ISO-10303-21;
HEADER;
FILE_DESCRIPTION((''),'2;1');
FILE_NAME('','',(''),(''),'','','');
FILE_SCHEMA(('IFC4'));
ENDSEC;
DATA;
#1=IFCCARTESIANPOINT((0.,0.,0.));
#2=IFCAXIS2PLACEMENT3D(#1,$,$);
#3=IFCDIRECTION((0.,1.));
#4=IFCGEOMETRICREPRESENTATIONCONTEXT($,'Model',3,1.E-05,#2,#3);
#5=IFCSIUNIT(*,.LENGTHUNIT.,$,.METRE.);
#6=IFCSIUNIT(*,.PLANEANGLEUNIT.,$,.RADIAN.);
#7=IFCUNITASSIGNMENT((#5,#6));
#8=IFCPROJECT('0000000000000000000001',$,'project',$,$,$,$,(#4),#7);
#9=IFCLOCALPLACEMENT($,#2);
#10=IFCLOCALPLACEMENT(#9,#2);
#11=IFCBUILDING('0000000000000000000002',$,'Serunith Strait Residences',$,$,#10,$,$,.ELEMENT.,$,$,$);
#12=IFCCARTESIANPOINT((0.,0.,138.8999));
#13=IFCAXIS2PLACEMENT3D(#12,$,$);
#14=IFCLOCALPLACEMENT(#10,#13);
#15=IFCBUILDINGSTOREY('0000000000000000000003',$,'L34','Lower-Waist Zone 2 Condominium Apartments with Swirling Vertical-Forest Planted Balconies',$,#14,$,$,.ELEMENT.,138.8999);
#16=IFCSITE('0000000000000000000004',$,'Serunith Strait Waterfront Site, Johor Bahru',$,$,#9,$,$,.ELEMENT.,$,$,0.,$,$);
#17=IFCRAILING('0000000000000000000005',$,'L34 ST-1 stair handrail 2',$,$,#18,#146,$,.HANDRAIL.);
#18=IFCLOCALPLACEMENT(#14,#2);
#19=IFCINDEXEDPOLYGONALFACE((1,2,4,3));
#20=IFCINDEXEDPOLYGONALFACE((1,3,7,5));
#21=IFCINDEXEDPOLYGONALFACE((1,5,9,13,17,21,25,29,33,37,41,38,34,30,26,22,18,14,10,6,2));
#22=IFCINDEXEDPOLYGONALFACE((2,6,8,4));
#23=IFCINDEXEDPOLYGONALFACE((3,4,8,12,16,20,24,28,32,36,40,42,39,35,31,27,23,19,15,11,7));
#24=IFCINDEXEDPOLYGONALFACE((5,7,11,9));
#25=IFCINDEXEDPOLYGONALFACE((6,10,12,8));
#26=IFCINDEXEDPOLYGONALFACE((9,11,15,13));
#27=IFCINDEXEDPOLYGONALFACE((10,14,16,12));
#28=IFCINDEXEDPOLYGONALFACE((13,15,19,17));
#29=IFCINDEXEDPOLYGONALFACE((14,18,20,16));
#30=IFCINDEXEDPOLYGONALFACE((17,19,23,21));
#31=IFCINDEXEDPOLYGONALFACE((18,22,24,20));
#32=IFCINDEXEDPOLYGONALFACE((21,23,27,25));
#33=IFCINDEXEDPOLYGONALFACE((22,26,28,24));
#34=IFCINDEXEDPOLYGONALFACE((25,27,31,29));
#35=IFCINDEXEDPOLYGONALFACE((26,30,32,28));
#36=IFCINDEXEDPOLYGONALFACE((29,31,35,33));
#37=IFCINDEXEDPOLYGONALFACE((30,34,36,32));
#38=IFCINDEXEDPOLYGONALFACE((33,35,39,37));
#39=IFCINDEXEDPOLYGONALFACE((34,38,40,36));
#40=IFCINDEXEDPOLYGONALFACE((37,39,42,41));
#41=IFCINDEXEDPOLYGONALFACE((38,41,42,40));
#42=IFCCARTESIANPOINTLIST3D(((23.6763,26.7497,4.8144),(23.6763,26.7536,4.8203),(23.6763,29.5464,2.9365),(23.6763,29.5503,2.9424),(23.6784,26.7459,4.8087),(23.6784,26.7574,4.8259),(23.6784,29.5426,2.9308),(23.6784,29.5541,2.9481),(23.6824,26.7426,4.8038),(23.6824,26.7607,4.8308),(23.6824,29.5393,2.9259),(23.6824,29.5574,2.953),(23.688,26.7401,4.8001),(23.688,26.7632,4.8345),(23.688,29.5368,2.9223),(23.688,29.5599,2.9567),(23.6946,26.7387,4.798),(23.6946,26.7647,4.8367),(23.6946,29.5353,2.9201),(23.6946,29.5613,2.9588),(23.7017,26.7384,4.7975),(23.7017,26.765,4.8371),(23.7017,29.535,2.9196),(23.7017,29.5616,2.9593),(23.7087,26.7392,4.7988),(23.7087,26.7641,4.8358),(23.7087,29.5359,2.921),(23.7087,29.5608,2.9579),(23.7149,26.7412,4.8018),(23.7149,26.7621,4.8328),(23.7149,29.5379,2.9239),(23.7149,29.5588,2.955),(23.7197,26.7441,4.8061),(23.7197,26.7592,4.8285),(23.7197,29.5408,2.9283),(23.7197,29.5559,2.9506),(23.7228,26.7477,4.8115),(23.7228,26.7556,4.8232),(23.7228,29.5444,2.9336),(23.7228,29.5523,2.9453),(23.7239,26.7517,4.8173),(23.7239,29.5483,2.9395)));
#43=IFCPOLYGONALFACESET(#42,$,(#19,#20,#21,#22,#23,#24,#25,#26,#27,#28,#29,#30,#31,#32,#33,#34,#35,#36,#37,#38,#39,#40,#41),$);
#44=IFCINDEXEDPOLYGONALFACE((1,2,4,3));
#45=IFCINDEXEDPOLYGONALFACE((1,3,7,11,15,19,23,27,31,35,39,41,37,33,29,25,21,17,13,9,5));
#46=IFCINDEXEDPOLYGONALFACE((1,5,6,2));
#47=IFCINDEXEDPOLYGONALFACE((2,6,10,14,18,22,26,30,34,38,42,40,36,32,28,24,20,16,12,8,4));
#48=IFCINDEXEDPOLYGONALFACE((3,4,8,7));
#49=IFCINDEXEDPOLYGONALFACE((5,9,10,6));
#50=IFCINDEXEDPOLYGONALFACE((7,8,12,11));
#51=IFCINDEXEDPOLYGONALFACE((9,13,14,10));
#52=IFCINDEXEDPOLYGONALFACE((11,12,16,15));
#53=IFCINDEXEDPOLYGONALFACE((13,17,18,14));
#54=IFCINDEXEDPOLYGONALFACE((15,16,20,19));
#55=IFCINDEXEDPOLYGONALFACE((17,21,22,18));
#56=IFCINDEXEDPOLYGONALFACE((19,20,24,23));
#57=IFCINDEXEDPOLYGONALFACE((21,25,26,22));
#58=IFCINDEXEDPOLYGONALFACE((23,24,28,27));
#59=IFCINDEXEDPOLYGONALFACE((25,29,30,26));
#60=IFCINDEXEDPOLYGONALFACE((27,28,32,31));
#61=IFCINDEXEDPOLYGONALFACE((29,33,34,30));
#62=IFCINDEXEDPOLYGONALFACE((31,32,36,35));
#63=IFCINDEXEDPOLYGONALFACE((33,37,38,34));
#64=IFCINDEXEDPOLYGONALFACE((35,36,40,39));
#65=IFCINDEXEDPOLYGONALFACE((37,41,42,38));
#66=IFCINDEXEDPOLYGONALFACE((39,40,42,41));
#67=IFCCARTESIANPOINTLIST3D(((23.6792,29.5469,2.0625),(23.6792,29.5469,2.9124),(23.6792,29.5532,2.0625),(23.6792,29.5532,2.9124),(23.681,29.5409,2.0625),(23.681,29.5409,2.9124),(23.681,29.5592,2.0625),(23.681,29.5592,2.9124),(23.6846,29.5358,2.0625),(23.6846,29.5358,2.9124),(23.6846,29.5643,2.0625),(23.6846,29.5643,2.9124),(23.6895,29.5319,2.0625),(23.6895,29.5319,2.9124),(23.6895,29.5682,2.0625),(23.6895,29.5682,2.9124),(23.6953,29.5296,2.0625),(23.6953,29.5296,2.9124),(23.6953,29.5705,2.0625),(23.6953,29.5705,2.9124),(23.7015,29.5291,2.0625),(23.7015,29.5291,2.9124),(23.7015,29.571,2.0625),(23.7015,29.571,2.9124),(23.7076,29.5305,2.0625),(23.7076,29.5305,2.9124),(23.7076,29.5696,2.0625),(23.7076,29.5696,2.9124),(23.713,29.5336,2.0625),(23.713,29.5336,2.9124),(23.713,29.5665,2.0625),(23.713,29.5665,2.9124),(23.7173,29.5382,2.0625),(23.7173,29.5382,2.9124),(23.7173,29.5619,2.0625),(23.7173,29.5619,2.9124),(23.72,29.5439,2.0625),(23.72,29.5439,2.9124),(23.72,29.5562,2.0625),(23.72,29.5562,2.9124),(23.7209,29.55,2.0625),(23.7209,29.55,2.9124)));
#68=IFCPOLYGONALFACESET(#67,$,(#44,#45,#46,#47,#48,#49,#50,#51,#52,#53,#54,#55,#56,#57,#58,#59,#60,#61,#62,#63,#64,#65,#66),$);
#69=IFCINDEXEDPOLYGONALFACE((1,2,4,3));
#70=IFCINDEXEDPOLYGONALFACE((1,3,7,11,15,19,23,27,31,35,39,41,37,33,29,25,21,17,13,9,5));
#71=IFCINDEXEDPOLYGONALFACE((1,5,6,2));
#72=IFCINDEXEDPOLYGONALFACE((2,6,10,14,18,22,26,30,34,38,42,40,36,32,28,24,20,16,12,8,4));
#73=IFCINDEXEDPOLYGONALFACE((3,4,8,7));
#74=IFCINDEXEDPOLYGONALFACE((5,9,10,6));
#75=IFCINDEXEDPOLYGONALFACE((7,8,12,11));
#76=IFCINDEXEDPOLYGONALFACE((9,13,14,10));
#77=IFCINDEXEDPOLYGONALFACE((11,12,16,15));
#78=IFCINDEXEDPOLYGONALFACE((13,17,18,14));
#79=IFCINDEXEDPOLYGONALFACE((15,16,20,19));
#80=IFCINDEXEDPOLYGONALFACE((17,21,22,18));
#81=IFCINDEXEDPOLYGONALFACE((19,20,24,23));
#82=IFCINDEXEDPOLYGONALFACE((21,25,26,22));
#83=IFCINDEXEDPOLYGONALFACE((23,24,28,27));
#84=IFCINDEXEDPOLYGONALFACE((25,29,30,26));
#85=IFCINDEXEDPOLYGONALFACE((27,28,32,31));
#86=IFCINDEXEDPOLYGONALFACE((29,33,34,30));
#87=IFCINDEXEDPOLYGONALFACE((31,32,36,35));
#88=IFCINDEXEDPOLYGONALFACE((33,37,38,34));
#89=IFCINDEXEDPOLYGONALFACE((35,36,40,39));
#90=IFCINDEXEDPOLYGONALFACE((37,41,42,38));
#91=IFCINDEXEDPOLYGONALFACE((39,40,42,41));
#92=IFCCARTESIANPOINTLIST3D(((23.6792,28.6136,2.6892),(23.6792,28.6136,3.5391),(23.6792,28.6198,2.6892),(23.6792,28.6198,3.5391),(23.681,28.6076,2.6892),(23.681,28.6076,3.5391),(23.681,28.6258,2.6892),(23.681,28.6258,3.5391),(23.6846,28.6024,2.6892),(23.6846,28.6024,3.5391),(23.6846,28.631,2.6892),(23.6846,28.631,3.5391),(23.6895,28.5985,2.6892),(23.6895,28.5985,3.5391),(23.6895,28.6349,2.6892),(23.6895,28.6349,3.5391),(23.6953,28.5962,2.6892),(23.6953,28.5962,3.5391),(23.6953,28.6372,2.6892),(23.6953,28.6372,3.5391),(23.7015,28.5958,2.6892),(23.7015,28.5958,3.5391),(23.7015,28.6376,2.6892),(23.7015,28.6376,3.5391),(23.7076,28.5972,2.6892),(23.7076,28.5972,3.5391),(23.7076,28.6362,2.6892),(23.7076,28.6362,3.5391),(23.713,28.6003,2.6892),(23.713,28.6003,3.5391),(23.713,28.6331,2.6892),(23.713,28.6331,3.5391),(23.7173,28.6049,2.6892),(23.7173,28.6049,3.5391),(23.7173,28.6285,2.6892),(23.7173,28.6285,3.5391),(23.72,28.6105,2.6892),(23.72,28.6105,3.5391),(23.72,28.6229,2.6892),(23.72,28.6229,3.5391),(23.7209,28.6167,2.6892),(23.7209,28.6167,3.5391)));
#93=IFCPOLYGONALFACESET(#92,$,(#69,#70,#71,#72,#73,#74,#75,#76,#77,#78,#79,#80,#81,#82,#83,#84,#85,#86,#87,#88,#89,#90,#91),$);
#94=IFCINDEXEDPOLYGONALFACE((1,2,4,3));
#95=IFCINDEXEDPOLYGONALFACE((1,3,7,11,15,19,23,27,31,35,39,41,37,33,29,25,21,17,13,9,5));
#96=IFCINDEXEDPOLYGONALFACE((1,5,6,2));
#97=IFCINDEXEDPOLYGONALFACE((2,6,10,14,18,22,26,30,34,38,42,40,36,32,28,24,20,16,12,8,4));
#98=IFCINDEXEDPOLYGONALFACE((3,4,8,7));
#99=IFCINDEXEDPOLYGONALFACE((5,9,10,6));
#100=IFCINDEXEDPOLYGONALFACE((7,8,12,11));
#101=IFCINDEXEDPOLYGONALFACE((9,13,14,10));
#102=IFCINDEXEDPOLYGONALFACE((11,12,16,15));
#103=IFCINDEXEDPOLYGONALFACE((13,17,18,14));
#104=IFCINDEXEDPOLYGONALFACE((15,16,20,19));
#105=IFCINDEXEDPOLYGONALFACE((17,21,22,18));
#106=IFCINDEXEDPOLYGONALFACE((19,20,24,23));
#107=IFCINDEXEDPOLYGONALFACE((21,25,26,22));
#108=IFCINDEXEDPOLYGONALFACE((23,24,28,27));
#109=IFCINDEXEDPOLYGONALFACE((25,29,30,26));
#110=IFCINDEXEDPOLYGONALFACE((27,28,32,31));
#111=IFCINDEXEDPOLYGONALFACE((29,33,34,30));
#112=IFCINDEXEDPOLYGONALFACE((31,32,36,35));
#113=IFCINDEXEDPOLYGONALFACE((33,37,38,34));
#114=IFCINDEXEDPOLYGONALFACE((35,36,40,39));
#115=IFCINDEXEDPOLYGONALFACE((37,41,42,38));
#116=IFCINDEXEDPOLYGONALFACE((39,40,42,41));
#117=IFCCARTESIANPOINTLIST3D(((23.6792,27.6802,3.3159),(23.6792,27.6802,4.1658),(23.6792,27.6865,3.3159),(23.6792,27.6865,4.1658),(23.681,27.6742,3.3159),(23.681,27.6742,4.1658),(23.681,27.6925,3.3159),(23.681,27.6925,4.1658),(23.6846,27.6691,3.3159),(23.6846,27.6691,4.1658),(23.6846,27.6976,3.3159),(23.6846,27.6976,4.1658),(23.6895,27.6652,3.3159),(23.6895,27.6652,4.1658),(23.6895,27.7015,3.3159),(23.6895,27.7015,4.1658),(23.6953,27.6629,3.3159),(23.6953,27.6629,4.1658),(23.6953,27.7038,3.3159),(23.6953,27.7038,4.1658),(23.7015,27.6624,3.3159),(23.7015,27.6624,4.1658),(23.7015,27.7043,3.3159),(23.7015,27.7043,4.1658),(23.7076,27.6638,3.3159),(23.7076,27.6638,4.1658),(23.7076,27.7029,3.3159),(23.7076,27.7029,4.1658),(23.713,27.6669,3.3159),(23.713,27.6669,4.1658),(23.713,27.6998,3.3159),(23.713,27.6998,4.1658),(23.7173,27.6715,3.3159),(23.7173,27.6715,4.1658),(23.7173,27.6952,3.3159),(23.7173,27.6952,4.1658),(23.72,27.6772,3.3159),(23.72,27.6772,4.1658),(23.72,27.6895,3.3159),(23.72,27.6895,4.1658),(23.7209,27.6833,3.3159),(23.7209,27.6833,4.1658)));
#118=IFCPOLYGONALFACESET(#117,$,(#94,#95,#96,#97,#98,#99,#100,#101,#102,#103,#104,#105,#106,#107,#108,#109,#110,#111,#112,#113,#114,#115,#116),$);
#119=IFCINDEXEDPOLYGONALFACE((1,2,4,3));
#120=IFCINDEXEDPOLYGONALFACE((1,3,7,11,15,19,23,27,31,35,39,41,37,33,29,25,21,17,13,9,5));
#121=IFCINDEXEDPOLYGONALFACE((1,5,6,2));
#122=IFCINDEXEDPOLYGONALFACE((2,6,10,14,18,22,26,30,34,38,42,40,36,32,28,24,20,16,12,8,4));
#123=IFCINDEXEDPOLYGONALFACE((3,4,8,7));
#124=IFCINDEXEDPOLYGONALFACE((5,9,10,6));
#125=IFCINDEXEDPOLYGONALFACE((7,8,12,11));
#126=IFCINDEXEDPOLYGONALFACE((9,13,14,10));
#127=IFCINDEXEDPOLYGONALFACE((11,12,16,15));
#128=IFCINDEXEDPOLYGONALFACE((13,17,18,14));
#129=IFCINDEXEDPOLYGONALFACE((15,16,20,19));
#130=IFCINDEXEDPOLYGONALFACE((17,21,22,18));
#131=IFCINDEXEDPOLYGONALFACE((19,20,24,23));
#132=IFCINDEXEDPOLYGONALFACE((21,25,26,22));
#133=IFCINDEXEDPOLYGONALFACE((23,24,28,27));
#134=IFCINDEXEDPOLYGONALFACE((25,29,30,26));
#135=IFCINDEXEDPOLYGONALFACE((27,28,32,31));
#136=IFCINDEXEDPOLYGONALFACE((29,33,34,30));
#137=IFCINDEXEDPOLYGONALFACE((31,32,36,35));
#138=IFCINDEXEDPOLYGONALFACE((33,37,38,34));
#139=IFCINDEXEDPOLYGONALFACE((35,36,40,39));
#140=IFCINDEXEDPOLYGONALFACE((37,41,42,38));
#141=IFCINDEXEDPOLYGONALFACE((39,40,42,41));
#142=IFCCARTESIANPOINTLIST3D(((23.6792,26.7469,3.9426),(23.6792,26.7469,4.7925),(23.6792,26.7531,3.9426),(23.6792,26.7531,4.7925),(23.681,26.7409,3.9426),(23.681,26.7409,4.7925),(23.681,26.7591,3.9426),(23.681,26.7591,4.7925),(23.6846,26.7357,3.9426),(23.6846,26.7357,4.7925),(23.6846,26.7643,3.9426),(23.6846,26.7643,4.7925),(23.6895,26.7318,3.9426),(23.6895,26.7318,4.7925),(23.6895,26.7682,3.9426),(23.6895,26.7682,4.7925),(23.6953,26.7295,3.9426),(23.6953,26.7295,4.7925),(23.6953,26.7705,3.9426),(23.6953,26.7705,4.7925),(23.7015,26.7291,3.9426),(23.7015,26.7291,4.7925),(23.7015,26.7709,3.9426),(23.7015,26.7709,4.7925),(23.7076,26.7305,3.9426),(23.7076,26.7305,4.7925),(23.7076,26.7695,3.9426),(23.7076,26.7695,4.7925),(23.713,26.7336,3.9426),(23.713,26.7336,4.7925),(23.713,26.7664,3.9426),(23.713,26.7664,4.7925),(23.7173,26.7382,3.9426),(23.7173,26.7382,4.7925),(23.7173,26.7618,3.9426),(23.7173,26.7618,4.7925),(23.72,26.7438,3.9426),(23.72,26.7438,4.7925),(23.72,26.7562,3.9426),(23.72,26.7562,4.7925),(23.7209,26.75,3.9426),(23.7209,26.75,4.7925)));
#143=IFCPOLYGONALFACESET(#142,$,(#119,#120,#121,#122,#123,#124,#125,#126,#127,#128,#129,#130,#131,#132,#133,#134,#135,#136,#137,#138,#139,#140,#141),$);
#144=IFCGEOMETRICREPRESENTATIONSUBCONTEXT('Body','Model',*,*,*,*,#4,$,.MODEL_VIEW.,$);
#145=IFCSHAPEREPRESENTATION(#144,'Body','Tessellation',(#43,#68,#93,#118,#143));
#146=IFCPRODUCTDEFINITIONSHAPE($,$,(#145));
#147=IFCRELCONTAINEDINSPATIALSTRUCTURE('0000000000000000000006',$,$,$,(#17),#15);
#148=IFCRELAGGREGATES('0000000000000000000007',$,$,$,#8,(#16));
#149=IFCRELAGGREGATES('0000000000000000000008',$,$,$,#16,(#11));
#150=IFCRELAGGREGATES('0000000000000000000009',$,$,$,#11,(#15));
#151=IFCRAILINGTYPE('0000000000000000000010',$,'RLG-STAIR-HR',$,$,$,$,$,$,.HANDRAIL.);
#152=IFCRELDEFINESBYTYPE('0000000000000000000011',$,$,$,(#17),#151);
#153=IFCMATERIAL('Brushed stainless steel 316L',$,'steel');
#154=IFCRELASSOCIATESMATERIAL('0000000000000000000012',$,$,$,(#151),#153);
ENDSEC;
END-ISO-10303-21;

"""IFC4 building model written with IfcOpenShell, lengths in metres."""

from ifc_helpers import new_model, si_unit, direction, frame, origin, origin_2d, place, context, subcontext, project, spatial, circle, extrude, material, type_object, element, save


model = new_model("IFC4")

# Units and contexts
model_context = context("Model", 3, precision=1e-05, world=origin(), true_north=direction((0.0, 1.0)))
body_context = subcontext(model_context, "Body", "Model", "MODEL_VIEW")
ifc_project = project(units=[si_unit("LENGTHUNIT", "METRE"), si_unit("PLANEANGLEUNIT", "RADIAN")], contexts=[model_context])

# Site, building, storey
site_placement = place(None, origin())
site = spatial("IfcSite", under=ifc_project, at=site_placement, Name="Serunith Strait Waterfront Site, Johor Bahru", CompositionType="ELEMENT", RefElevation=0.0)
building_placement = place(site_placement, origin())
building = spatial("IfcBuilding", under=site, at=building_placement, Name="Serunith Strait Residences", CompositionType="ELEMENT")
storey_placement = place(building_placement, frame((0.0, 0.0, 138.8999)))
storey = spatial("IfcBuildingStorey", under=building, at=storey_placement, Name="L34", Description="Lower-Waist Zone 2 Condominium Apartments with Swirling Vertical-Forest Planted Balconies", CompositionType="ELEMENT", Elevation=138.8999)

# Railing
ifc_material_1 = material(Name="Brushed stainless steel 316L", Category="steel")
railing_type_1 = type_object("IfcRailingType", Name="RLG-STAIR-HR", PredefinedType="HANDRAIL", material=ifc_material_1)
railing_1_placement = place(storey_placement, frame((23.7, 29.55, 2.0625)))
element("IfcRailing", 1, at=railing_1_placement, inside=storey, type_object=railing_type_1, Name="L34 ST-1 stair handrail 2", PredefinedType="HANDRAIL", context=body_context, shape_type="SweptSolid", body=[
    extrude(circle(Radius=0.0239, at=origin_2d()), frame((0.0, -0.0017, 0.877), z_axis=(0.0, -0.830208, 0.557453), x_axis=(1.0, 0.0, 0.0)), (0.0, 0.0, 1.0), 3.3687),
    extrude(circle(Radius=0.021, at=origin_2d()), origin(), (0.0, 0.0, 1.0), 0.8499),
    extrude(circle(Radius=0.021, at=origin_2d()), frame((0.0, -0.9333, 0.6267)), (0.0, 0.0, 1.0), 0.8499),
    extrude(circle(Radius=0.021, at=origin_2d()), frame((0.0, -1.8667, 1.2534)), (0.0, 0.0, 1.0), 0.8499),
    extrude(circle(Radius=0.021, at=origin_2d()), frame((0.0, -2.8, 1.8801)), (0.0, 0.0, 1.0), 0.8499),
])

save(model, "model.ifc")
